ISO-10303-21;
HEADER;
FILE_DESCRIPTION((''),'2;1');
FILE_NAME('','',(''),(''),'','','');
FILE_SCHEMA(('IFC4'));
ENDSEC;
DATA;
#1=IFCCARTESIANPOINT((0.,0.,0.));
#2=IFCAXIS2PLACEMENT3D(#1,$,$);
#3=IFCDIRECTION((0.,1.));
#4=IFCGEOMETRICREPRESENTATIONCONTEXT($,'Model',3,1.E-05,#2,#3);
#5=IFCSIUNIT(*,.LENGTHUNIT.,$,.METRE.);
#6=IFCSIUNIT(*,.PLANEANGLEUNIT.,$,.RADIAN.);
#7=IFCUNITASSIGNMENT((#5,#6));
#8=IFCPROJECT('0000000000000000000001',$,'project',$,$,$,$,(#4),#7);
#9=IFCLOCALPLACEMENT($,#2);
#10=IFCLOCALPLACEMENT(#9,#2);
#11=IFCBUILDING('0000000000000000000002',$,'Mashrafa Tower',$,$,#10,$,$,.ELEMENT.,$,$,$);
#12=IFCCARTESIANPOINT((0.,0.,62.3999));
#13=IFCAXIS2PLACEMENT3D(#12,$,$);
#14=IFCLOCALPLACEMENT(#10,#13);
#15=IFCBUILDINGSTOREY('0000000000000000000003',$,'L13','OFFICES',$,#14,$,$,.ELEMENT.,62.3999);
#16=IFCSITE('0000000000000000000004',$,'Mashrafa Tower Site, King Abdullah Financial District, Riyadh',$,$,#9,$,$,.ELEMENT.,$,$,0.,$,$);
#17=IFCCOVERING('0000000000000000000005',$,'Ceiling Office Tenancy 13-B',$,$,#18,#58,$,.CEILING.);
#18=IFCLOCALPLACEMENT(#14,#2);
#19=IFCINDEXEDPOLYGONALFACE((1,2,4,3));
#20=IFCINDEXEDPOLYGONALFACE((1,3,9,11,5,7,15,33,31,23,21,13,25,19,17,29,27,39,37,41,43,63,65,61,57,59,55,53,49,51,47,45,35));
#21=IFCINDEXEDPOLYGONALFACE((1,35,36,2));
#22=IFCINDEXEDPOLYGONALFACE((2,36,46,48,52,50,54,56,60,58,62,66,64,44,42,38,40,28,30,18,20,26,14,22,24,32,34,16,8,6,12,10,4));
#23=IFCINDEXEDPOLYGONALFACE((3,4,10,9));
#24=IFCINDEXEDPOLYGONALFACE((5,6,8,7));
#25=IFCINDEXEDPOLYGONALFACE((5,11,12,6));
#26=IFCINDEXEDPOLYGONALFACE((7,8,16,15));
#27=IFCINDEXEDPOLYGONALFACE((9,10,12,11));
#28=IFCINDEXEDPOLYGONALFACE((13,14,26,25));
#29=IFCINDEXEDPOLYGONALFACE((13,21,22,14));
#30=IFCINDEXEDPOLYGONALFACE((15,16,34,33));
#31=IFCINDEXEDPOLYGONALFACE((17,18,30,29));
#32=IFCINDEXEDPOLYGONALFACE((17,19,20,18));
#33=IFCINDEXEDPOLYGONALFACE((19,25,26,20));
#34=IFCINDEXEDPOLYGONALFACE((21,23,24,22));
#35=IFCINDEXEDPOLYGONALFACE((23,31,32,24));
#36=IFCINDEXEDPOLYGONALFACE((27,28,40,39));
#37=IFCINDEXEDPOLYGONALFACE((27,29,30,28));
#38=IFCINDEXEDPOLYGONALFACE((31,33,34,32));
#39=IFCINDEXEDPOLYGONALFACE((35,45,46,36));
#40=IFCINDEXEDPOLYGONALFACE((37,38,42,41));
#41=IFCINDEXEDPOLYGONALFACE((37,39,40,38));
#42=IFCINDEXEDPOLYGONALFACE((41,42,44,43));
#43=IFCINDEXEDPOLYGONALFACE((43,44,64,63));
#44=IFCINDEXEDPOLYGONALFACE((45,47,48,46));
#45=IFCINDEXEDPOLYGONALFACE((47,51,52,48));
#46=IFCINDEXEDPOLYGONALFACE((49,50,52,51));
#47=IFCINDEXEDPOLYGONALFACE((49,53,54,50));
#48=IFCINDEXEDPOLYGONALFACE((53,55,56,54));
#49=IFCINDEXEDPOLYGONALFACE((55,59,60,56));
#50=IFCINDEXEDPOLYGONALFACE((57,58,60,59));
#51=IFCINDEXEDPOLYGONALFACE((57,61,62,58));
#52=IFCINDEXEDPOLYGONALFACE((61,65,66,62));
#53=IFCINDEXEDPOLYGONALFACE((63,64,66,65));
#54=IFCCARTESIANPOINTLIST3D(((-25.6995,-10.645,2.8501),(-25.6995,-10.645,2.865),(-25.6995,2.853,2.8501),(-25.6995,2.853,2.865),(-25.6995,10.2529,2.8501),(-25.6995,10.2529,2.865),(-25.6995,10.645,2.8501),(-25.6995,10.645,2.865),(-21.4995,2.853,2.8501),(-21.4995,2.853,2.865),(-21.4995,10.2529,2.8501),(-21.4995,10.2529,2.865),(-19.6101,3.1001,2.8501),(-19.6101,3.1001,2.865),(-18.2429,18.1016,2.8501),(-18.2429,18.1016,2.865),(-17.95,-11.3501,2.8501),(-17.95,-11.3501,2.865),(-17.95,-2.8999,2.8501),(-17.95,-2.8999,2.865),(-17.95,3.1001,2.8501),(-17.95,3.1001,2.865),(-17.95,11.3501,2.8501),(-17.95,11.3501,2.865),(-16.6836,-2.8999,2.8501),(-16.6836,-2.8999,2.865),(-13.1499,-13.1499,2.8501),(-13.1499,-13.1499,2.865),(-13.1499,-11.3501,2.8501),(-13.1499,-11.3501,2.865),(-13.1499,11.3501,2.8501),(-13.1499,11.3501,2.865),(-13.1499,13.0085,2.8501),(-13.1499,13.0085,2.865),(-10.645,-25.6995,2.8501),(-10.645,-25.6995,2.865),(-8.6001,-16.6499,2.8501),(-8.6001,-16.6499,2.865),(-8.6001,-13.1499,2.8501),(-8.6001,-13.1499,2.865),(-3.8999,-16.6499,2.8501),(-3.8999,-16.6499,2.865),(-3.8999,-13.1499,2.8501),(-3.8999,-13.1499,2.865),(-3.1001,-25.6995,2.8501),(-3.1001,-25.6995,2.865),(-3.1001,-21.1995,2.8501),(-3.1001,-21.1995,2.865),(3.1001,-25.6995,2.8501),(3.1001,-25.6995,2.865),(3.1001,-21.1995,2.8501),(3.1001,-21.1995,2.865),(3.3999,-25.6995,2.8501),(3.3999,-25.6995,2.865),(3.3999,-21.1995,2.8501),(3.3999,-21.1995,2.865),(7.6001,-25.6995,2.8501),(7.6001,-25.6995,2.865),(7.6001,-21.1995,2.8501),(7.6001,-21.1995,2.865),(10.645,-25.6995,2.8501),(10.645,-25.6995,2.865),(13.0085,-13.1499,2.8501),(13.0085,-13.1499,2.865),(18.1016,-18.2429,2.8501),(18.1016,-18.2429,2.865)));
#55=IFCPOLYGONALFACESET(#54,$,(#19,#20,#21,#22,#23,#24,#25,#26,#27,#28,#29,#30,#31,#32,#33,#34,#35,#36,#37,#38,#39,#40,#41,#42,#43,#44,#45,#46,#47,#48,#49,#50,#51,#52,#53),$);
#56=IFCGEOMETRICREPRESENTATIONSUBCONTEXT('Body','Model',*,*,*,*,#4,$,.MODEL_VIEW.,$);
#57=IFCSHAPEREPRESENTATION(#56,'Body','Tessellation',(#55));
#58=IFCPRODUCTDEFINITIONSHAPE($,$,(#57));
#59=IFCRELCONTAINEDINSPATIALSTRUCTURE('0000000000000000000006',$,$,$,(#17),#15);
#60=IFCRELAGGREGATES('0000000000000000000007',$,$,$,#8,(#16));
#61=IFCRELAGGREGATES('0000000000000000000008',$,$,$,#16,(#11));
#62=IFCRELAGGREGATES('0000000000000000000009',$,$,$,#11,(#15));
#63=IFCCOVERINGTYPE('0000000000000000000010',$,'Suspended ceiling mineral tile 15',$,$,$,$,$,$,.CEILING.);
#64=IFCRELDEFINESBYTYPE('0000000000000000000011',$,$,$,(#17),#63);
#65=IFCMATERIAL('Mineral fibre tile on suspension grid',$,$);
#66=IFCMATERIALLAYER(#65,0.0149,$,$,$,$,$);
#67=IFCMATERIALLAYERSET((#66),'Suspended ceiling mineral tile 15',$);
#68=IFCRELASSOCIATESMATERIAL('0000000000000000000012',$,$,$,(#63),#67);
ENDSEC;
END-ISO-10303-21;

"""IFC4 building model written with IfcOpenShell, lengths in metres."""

from ifc_helpers import new_model, si_unit, direction, frame, origin, place, context, subcontext, project, spatial, polyline, outline, extrude, material, layer, layer_set, type_object, element, save


model = new_model("IFC4")

# Units and contexts
model_context = context("Model", 3, precision=1e-05, world=origin(), true_north=direction((0.0, 1.0)))
body_context = subcontext(model_context, "Body", "Model", "MODEL_VIEW")
ifc_project = project(units=[si_unit("LENGTHUNIT", "METRE"), si_unit("PLANEANGLEUNIT", "RADIAN")], contexts=[model_context])

# Site, building, storey
site_placement = place(None, origin())
site = spatial("IfcSite", under=ifc_project, at=site_placement, Name="Mashrafa Tower Site, King Abdullah Financial District, Riyadh", CompositionType="ELEMENT", RefElevation=0.0)
building_placement = place(site_placement, origin())
building = spatial("IfcBuilding", under=site, at=building_placement, Name="Mashrafa Tower", CompositionType="ELEMENT")
storey_placement = place(building_placement, frame((0.0, 0.0, 62.3999)))
storey = spatial("IfcBuildingStorey", under=building, at=storey_placement, Name="L13", Description="OFFICES", CompositionType="ELEMENT", Elevation=62.3999)

# Covering
ifc_material_1 = material(Name="Mineral fibre tile on suspension grid")
ifc_layer_1 = layer(ifc_material_1, 0.0149)
ifc_layer_set_1 = layer_set([ifc_layer_1], Name="Suspended ceiling mineral tile 15")
covering_type = type_object("IfcCoveringType", Name="Suspended ceiling mineral tile 15", PredefinedType="CEILING", material=ifc_layer_set_1)
covering_1_placement = place(storey_placement, frame((0.0, 0.0, 2.8501)))
element("IfcCovering", 1, at=covering_1_placement, inside=storey, type_object=covering_type, Name="Ceiling Office Tenancy 13-B", PredefinedType="CEILING", context=body_context, shape_type="SweptSolid", body=[
    extrude(outline(polyline([(13.0085, -13.1499), (18.1016, -18.2429), (10.645, -25.6995), (7.6001, -25.6995), (7.6001, -21.1995), (3.3999, -21.1995), (3.3999, -25.6995), (3.1001, -25.6995), (3.1001, -21.1995), (-3.1001, -21.1995), (-3.1001, -25.6995), (-10.645, -25.6995), (-25.6995, -10.645), (-25.6995, 2.853), (-21.4995, 2.853), (-21.4995, 10.2529), (-25.6995, 10.2529), (-25.6995, 10.645), (-18.2429, 18.1016), (-13.1499, 13.0085), (-13.1499, 11.3501), (-17.95, 11.3501), (-17.95, 3.1001), (-19.6101, 3.1001), (-16.6836, -2.8999), (-17.95, -2.8999), (-17.95, -11.3501), (-13.1499, -11.3501), (-13.1499, -13.1499), (-8.6001, -13.1499), (-8.6001, -16.6499), (-3.8999, -16.6499), (-3.8999, -13.1499), (13.0085, -13.1499)])), origin(), (0.0, 0.0, 1.0), 0.0149),
])

save(model, "model.ifc")
